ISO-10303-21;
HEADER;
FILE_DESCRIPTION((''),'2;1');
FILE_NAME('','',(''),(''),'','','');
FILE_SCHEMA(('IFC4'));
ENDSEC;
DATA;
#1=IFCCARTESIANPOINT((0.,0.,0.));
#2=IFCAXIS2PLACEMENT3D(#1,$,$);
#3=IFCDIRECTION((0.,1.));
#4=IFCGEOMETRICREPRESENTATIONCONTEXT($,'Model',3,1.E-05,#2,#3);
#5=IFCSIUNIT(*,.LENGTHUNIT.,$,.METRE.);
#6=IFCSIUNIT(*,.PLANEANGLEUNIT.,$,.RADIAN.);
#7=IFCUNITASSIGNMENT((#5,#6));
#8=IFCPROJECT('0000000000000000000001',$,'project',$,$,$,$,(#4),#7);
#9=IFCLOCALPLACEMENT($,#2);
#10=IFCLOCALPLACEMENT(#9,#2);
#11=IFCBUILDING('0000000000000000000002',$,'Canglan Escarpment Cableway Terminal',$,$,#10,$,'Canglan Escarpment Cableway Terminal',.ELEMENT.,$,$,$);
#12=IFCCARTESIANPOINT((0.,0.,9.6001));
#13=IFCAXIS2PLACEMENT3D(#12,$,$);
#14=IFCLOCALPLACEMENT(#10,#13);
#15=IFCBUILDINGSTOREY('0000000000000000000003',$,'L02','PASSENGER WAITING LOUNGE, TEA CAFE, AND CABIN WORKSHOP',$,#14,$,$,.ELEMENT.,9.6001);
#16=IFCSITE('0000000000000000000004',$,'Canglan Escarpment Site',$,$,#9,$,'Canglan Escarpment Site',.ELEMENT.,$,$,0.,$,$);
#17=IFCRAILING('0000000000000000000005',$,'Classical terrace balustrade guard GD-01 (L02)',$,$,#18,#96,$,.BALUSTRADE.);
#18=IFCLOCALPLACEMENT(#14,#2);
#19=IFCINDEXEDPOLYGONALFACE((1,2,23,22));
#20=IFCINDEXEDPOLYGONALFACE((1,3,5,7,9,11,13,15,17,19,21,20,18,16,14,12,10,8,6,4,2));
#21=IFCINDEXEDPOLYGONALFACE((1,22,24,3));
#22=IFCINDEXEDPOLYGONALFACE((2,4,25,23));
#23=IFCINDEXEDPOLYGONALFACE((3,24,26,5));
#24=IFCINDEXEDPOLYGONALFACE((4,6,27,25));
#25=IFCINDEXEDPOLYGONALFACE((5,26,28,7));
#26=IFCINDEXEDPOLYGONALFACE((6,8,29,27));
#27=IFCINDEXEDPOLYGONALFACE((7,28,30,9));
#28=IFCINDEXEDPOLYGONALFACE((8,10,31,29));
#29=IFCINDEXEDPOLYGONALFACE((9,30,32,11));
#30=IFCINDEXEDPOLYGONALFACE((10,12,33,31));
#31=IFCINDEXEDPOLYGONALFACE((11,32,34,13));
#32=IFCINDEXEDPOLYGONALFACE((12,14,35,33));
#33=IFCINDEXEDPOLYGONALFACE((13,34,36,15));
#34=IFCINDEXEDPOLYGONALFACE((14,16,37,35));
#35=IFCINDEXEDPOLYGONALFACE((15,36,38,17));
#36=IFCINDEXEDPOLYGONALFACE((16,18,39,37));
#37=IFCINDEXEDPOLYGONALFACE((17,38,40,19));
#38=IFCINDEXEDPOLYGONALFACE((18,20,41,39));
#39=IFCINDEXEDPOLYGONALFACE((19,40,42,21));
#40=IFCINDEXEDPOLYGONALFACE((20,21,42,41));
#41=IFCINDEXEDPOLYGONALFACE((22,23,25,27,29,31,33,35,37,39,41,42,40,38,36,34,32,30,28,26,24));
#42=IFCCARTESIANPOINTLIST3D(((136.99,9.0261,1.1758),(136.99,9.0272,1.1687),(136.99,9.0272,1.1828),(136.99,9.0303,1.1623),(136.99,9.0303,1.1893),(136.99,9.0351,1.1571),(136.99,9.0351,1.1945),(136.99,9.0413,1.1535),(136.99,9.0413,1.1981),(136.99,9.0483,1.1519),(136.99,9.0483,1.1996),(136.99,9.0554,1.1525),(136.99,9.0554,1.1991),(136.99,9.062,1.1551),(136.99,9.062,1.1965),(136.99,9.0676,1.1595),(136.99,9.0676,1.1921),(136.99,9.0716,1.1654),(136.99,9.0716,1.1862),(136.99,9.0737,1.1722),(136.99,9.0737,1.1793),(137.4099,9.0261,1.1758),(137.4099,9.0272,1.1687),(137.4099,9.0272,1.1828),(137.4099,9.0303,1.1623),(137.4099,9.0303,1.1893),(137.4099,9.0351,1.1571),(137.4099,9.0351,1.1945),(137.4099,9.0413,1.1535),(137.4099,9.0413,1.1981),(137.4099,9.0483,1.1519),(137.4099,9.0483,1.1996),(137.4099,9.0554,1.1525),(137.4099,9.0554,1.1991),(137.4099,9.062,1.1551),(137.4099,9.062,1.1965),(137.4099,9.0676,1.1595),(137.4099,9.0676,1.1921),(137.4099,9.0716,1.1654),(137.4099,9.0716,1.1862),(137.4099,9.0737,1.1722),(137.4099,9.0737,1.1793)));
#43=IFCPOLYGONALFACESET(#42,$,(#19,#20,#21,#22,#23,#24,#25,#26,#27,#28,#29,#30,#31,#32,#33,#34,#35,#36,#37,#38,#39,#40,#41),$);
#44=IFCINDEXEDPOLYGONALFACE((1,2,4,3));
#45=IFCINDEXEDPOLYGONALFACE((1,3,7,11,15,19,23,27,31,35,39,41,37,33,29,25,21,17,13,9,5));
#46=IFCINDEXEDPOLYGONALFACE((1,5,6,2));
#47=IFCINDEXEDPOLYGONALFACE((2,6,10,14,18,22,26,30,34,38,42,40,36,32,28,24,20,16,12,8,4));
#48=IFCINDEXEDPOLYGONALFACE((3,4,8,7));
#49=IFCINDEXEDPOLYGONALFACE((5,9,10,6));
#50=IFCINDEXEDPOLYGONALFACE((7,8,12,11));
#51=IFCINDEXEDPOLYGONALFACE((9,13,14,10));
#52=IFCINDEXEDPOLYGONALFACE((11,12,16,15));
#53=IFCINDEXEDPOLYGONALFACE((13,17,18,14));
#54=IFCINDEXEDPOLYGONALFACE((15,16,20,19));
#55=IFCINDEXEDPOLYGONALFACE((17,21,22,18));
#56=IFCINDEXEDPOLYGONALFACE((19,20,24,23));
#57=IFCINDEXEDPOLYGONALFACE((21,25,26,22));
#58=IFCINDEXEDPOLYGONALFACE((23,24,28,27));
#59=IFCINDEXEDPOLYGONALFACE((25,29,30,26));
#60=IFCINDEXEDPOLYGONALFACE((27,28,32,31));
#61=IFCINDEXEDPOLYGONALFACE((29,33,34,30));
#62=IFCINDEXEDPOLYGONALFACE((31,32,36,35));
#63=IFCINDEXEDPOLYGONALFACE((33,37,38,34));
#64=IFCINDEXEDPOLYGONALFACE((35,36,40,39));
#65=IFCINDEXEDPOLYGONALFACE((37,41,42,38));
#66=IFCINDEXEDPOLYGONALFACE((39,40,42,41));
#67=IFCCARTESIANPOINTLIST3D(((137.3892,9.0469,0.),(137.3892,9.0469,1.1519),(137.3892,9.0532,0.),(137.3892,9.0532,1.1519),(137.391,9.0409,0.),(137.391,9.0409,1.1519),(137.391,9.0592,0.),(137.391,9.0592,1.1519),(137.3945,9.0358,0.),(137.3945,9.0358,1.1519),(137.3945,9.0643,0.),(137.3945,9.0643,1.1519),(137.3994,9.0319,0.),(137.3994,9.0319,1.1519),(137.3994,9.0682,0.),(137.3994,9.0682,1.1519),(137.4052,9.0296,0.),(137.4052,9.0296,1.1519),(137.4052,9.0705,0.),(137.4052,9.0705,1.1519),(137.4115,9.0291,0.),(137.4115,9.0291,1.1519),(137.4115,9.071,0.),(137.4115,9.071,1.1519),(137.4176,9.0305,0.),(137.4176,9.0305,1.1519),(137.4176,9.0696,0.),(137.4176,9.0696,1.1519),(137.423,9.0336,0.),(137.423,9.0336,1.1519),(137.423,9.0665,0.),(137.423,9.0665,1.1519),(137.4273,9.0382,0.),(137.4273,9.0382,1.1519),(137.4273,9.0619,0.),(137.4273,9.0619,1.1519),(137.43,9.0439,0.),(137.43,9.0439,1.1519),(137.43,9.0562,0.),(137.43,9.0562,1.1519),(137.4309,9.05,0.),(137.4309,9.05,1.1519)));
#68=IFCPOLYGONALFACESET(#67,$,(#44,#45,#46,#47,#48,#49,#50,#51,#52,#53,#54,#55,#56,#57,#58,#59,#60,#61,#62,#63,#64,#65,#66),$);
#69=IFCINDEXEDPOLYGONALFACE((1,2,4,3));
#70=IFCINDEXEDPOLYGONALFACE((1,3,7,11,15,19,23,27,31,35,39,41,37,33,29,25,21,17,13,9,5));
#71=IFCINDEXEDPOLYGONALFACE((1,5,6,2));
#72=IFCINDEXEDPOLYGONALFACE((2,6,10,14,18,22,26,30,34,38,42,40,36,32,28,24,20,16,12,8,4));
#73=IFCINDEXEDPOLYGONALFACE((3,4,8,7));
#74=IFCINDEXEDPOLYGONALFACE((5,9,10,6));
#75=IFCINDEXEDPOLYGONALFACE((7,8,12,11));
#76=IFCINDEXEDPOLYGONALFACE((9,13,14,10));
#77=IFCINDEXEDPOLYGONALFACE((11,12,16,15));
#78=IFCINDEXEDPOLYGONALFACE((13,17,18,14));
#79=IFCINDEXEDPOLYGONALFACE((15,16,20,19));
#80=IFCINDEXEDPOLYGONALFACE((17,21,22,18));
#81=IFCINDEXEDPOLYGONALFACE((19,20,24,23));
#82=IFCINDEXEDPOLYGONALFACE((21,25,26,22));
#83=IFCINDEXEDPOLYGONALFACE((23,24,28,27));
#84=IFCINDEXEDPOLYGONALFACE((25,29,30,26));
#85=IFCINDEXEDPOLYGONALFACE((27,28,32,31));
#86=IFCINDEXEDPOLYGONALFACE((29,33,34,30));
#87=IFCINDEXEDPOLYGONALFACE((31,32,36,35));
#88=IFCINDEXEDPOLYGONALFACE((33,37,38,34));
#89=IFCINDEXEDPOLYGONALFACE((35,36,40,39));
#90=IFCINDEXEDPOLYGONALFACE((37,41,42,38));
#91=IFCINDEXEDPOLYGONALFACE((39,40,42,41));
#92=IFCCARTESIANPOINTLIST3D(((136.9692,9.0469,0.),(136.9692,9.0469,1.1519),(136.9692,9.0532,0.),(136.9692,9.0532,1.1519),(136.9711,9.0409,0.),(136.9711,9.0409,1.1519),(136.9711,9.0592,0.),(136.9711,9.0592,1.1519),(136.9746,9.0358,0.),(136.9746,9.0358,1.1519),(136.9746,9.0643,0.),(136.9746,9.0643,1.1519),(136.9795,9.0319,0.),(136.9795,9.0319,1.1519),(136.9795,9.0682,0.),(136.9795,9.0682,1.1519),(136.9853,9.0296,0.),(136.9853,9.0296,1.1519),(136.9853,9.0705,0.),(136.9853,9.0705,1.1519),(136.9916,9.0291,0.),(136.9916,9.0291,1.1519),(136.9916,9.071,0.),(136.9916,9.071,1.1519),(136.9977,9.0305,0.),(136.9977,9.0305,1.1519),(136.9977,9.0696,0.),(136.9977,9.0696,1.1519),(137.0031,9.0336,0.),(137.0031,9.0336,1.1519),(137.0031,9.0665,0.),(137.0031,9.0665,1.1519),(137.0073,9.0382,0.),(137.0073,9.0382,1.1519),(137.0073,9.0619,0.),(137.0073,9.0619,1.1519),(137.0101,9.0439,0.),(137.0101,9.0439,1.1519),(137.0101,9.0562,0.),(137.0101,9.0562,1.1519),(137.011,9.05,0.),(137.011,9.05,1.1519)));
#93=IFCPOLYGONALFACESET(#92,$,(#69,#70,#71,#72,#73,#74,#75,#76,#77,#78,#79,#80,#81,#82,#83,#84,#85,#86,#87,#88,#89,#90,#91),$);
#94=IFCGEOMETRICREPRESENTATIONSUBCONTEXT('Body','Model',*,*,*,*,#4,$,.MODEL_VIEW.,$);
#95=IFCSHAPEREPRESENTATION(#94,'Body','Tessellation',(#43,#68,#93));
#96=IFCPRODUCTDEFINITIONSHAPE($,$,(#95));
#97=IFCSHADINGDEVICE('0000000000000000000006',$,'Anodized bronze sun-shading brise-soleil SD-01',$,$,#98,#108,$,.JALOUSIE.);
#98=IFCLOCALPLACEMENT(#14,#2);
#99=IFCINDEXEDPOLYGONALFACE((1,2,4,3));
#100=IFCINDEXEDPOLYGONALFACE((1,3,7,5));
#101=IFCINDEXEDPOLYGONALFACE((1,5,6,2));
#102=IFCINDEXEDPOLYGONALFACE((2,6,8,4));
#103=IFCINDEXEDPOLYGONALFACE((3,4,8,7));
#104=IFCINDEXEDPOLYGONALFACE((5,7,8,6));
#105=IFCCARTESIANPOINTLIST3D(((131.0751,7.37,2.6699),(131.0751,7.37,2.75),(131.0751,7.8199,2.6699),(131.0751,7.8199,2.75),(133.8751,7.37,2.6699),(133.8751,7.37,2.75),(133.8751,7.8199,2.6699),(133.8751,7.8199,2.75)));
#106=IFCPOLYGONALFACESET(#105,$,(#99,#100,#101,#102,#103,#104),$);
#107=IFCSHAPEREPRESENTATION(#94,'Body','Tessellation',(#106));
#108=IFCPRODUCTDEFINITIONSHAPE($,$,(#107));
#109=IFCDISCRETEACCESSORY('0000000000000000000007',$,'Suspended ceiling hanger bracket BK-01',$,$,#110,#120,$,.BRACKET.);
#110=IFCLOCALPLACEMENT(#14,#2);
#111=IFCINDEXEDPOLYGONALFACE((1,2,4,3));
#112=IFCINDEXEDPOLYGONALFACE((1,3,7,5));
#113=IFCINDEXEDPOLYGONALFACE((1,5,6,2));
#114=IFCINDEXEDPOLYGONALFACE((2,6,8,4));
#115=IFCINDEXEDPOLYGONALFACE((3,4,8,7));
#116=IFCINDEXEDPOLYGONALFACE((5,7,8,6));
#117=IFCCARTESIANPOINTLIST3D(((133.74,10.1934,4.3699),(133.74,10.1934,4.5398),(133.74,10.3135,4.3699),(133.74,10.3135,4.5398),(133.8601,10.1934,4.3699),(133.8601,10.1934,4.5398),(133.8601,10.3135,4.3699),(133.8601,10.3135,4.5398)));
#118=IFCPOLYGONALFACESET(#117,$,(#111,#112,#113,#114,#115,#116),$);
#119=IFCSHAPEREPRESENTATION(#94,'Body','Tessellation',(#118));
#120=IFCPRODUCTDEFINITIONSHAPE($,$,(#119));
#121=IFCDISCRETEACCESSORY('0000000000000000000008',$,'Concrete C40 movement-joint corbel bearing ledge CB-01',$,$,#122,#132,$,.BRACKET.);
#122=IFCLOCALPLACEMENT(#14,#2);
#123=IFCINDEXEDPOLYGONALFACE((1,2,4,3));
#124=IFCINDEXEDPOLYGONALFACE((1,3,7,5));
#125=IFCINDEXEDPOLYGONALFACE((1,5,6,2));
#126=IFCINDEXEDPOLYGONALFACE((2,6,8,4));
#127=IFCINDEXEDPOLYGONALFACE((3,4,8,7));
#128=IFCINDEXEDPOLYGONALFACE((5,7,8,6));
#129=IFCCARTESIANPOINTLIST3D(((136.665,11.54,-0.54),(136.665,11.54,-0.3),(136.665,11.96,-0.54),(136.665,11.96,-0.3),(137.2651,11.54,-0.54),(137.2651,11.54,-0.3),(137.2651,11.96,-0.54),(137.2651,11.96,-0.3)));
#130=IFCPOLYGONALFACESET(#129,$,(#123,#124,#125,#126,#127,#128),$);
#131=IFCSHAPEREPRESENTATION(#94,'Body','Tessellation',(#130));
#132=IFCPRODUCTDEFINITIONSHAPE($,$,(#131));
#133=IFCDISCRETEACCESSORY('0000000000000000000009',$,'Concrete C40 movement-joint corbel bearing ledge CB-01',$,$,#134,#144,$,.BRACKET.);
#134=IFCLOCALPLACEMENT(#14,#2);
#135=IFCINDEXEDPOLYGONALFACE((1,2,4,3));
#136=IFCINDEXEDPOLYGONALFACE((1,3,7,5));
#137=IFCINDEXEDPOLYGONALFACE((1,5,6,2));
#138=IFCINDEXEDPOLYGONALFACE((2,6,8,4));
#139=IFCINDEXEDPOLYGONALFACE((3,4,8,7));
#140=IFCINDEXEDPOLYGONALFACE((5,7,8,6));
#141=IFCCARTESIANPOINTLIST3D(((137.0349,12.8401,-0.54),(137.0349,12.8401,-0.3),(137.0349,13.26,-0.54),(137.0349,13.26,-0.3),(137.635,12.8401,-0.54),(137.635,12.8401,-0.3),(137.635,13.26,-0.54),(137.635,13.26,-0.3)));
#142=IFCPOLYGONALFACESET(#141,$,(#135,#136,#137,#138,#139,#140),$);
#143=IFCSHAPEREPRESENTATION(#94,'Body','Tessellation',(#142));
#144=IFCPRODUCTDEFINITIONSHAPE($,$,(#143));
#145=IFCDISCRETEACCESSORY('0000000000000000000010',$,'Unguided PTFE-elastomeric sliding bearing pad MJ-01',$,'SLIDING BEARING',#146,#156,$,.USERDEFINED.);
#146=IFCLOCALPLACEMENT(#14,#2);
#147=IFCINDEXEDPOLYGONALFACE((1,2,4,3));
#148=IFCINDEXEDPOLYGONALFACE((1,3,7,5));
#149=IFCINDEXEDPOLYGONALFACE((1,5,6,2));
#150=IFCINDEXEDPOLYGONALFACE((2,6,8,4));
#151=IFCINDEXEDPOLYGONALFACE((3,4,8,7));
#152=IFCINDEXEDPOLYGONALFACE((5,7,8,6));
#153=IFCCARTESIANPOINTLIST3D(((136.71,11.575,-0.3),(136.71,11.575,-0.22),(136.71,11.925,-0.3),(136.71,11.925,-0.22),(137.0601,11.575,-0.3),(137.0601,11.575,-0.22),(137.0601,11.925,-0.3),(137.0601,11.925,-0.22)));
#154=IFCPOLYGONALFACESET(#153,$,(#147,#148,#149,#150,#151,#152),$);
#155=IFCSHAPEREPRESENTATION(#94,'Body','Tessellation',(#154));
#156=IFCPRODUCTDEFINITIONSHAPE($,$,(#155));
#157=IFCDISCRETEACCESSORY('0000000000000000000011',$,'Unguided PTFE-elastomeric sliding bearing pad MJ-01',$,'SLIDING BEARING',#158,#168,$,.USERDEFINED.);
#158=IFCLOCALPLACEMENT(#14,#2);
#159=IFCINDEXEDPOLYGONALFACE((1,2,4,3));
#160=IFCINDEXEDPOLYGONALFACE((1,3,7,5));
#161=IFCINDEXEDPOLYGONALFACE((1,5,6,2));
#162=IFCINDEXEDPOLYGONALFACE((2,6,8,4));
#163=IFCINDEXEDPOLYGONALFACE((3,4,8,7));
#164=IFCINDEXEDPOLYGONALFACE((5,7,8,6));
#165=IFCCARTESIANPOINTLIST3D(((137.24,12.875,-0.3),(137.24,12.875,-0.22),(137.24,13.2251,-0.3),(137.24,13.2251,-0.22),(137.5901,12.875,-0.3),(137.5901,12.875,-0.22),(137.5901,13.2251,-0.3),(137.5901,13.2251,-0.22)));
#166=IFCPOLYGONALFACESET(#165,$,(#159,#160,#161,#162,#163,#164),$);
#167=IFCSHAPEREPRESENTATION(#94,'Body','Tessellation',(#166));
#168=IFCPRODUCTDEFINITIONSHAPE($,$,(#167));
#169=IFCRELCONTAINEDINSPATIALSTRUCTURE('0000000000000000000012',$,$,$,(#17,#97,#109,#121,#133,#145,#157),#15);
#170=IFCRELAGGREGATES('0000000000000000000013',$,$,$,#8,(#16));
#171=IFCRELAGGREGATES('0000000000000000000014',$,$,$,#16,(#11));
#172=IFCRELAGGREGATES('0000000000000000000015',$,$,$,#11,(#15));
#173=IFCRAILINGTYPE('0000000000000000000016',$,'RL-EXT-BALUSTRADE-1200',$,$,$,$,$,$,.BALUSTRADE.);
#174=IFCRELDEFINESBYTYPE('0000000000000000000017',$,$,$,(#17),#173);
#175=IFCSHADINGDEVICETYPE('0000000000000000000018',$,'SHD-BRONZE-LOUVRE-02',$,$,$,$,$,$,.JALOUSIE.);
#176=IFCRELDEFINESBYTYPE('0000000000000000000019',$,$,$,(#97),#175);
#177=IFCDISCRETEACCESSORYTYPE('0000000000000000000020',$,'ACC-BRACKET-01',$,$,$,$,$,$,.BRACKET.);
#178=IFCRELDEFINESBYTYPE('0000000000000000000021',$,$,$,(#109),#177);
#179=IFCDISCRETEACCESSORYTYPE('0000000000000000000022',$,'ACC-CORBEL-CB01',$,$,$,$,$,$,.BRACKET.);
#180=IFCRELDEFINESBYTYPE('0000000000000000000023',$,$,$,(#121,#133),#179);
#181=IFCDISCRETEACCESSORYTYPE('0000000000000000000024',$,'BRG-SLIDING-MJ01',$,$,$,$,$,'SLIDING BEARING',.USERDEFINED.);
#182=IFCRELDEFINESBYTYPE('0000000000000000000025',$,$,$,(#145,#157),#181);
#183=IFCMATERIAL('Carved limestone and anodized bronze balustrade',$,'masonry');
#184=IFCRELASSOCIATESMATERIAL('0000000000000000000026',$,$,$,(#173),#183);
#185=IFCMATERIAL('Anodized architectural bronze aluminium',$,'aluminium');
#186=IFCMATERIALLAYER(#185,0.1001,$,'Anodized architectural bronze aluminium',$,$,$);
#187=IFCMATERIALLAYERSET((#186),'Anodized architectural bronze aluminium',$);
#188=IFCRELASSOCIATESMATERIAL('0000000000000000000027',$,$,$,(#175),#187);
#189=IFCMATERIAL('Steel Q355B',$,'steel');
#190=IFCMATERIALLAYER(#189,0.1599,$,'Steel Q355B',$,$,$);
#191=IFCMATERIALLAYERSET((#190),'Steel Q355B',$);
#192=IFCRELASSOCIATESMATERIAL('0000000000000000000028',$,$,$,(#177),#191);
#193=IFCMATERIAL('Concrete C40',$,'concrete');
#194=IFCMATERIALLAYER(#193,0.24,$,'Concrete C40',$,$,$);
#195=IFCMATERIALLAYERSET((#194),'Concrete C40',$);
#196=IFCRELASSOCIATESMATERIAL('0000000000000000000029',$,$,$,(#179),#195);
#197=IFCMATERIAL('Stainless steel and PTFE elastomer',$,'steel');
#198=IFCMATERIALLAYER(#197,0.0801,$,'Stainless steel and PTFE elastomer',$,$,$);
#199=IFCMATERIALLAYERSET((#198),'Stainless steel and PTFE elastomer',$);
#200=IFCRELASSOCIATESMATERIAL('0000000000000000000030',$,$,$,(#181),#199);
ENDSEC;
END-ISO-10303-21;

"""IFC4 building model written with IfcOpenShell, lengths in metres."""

from ifc_helpers import new_model, si_unit, direction, frame, origin, origin_2d, place, context, subcontext, project, spatial, rectangle, circle, extrude, material, layer, layer_set, type_object, element, save


model = new_model("IFC4")

# Units and contexts
model_context = context("Model", 3, precision=1e-05, world=origin(), true_north=direction((0.0, 1.0)))
body_context = subcontext(model_context, "Body", "Model", "MODEL_VIEW")
ifc_project = project(units=[si_unit("LENGTHUNIT", "METRE"), si_unit("PLANEANGLEUNIT", "RADIAN")], contexts=[model_context])

# Site, building, storey
site_placement = place(None, origin())
site = spatial("IfcSite", under=ifc_project, at=site_placement, Name="Canglan Escarpment Site", LongName="Canglan Escarpment Site", CompositionType="ELEMENT", RefElevation=0.0)
building_placement = place(site_placement, origin())
building = spatial("IfcBuilding", under=site, at=building_placement, Name="Canglan Escarpment Cableway Terminal", LongName="Canglan Escarpment Cableway Terminal", CompositionType="ELEMENT")
storey_placement = place(building_placement, frame((0.0, 0.0, 9.6001)))
storey = spatial("IfcBuildingStorey", under=building, at=storey_placement, Name="L02", Description="PASSENGER WAITING LOUNGE, TEA CAFE, AND CABIN WORKSHOP", CompositionType="ELEMENT", Elevation=9.6001)

# Shared definitions
ifc_material_1 = material(Name="Concrete C40", Category="concrete")

# Shared definitions
ifc_material_2 = material(Name="Steel Q355B", Category="steel")

# Railing
ifc_material_3 = material(Name="Carved limestone and anodized bronze balustrade", Category="masonry")
railing_type = type_object("IfcRailingType", Name="RL-EXT-BALUSTRADE-1200", PredefinedType="BALUSTRADE", material=ifc_material_3)
railing_1_placement = place(storey_placement, frame((137.4099, 9.05, 0.0)))
element("IfcRailing", 1, at=railing_1_placement, inside=storey, type_object=railing_type, Name="Classical terrace balustrade guard GD-01 (L02)", PredefinedType="BALUSTRADE", context=body_context, shape_type="SweptSolid", body=[
    extrude(circle(Radius=0.0239, at=origin_2d()), frame((0.0, 0.0, 1.1758), z_axis=(-1.0, 0.0, 0.0), x_axis=(0.0, -1.0, 0.0)), (0.0, 0.0, 1.0), 0.4199),
    extrude(circle(Radius=0.021, at=origin_2d()), origin(), (0.0, 0.0, 1.0), 1.1519),
    extrude(circle(Radius=0.021, at=origin_2d()), frame((-0.4199, 0.0, 0.0)), (0.0, 0.0, 1.0), 1.1519),
])

# Shading device
ifc_material_4 = material(Name="Anodized architectural bronze aluminium", Category="aluminium")
ifc_layer_1 = layer(ifc_material_4, 0.1001, Name="Anodized architectural bronze aluminium")
ifc_layer_set_1 = layer_set([ifc_layer_1], Name="Anodized architectural bronze aluminium")
shading_device_type = type_object("IfcShadingDeviceType", Name="SHD-BRONZE-LOUVRE-02", PredefinedType="JALOUSIE", material=ifc_layer_set_1)
shading_device_placement = place(storey_placement, frame((132.4751, 7.595, 2.6699), z_axis=(0.0, 0.0, 1.0), x_axis=(1.0, 0.0, 0.0)))
element("IfcShadingDevice", 2, at=shading_device_placement, inside=storey, type_object=shading_device_type, Name="Anodized bronze sun-shading brise-soleil SD-01", PredefinedType="JALOUSIE", context=body_context, shape_type="SweptSolid", body=[
    extrude(rectangle(XDim=2.8, YDim=0.45, at=origin_2d()), origin(), (0.0, 0.0, 1.0), 0.0801),
])

# Discrete accessories
ifc_layer_2 = layer(ifc_material_2, 0.1599, Name="Steel Q355B")
ifc_layer_set_2 = layer_set([ifc_layer_2], Name="Steel Q355B")
discrete_accessory_type_1 = type_object("IfcDiscreteAccessoryType", Name="ACC-BRACKET-01", PredefinedType="BRACKET", material=ifc_layer_set_2)
discrete_accessory_placement = place(storey_placement, frame((133.8, 10.2534, 4.3699), z_axis=(0.0, 0.0, 1.0), x_axis=(1.0, 0.0, 0.0)))
element("IfcDiscreteAccessory", 3, at=discrete_accessory_placement, inside=storey, type_object=discrete_accessory_type_1, Name="Suspended ceiling hanger bracket BK-01", PredefinedType="BRACKET", context=body_context, shape_type="SweptSolid", body=[
    extrude(rectangle(XDim=0.1201, YDim=0.1201, at=origin_2d()), origin(), (0.0, 0.0, 1.0), 0.1699),
])
ifc_layer_3 = layer(ifc_material_1, 0.24, Name="Concrete C40")
ifc_layer_set_3 = layer_set([ifc_layer_3], Name="Concrete C40")
discrete_accessory_type_2 = type_object("IfcDiscreteAccessoryType", Name="ACC-CORBEL-CB01", PredefinedType="BRACKET", material=ifc_layer_set_3)
for number, where, z_axis, x_axis, name in (
    (4, (136.9651, 11.75, -0.54), (0.0, 0.0, 1.0), (1.0, 0.0, 0.0), "Concrete C40 movement-joint corbel bearing ledge CB-01"),
    (5, (137.335, 13.05, -0.54), (0.0, 0.0, 1.0), (1.0, 0.0, 0.0), "Concrete C40 movement-joint corbel bearing ledge CB-01"),
):
    element("IfcDiscreteAccessory", number, at=place(storey_placement, frame(where, z_axis=z_axis, x_axis=x_axis)), inside=storey, type_object=discrete_accessory_type_2, Name=name, PredefinedType="BRACKET", context=body_context, shape_type="SweptSolid", body=[
        extrude(rectangle(XDim=0.6001, YDim=0.4199, at=origin_2d()), origin(), (0.0, 0.0, 1.0), 0.24),
    ])
ifc_material_5 = material(Name="Stainless steel and PTFE elastomer", Category="steel")
ifc_layer_4 = layer(ifc_material_5, 0.0801, Name="Stainless steel and PTFE elastomer")
ifc_layer_set_4 = layer_set([ifc_layer_4], Name="Stainless steel and PTFE elastomer")
discrete_accessory_type_3 = type_object("IfcDiscreteAccessoryType", Name="BRG-SLIDING-MJ01", ElementType="SLIDING BEARING", PredefinedType="USERDEFINED", material=ifc_layer_set_4)
for number, where, z_axis, x_axis, name in (
    (6, (136.885, 11.75, -0.3), (0.0, 0.0, 1.0), (1.0, 0.0, 0.0), "Unguided PTFE-elastomeric sliding bearing pad MJ-01"),
    (7, (137.415, 13.05, -0.3), (0.0, 0.0, 1.0), (1.0, 0.0, 0.0), "Unguided PTFE-elastomeric sliding bearing pad MJ-01"),
):
    element("IfcDiscreteAccessory", number, at=place(storey_placement, frame(where, z_axis=z_axis, x_axis=x_axis)), inside=storey, type_object=discrete_accessory_type_3, Name=name, ObjectType="SLIDING BEARING", PredefinedType="USERDEFINED", context=body_context, shape_type="SweptSolid", body=[
        extrude(rectangle(XDim=0.3501, YDim=0.3501, at=origin_2d()), origin(), (0.0, 0.0, 1.0), 0.0801),
    ])

save(model, "model.ifc")
